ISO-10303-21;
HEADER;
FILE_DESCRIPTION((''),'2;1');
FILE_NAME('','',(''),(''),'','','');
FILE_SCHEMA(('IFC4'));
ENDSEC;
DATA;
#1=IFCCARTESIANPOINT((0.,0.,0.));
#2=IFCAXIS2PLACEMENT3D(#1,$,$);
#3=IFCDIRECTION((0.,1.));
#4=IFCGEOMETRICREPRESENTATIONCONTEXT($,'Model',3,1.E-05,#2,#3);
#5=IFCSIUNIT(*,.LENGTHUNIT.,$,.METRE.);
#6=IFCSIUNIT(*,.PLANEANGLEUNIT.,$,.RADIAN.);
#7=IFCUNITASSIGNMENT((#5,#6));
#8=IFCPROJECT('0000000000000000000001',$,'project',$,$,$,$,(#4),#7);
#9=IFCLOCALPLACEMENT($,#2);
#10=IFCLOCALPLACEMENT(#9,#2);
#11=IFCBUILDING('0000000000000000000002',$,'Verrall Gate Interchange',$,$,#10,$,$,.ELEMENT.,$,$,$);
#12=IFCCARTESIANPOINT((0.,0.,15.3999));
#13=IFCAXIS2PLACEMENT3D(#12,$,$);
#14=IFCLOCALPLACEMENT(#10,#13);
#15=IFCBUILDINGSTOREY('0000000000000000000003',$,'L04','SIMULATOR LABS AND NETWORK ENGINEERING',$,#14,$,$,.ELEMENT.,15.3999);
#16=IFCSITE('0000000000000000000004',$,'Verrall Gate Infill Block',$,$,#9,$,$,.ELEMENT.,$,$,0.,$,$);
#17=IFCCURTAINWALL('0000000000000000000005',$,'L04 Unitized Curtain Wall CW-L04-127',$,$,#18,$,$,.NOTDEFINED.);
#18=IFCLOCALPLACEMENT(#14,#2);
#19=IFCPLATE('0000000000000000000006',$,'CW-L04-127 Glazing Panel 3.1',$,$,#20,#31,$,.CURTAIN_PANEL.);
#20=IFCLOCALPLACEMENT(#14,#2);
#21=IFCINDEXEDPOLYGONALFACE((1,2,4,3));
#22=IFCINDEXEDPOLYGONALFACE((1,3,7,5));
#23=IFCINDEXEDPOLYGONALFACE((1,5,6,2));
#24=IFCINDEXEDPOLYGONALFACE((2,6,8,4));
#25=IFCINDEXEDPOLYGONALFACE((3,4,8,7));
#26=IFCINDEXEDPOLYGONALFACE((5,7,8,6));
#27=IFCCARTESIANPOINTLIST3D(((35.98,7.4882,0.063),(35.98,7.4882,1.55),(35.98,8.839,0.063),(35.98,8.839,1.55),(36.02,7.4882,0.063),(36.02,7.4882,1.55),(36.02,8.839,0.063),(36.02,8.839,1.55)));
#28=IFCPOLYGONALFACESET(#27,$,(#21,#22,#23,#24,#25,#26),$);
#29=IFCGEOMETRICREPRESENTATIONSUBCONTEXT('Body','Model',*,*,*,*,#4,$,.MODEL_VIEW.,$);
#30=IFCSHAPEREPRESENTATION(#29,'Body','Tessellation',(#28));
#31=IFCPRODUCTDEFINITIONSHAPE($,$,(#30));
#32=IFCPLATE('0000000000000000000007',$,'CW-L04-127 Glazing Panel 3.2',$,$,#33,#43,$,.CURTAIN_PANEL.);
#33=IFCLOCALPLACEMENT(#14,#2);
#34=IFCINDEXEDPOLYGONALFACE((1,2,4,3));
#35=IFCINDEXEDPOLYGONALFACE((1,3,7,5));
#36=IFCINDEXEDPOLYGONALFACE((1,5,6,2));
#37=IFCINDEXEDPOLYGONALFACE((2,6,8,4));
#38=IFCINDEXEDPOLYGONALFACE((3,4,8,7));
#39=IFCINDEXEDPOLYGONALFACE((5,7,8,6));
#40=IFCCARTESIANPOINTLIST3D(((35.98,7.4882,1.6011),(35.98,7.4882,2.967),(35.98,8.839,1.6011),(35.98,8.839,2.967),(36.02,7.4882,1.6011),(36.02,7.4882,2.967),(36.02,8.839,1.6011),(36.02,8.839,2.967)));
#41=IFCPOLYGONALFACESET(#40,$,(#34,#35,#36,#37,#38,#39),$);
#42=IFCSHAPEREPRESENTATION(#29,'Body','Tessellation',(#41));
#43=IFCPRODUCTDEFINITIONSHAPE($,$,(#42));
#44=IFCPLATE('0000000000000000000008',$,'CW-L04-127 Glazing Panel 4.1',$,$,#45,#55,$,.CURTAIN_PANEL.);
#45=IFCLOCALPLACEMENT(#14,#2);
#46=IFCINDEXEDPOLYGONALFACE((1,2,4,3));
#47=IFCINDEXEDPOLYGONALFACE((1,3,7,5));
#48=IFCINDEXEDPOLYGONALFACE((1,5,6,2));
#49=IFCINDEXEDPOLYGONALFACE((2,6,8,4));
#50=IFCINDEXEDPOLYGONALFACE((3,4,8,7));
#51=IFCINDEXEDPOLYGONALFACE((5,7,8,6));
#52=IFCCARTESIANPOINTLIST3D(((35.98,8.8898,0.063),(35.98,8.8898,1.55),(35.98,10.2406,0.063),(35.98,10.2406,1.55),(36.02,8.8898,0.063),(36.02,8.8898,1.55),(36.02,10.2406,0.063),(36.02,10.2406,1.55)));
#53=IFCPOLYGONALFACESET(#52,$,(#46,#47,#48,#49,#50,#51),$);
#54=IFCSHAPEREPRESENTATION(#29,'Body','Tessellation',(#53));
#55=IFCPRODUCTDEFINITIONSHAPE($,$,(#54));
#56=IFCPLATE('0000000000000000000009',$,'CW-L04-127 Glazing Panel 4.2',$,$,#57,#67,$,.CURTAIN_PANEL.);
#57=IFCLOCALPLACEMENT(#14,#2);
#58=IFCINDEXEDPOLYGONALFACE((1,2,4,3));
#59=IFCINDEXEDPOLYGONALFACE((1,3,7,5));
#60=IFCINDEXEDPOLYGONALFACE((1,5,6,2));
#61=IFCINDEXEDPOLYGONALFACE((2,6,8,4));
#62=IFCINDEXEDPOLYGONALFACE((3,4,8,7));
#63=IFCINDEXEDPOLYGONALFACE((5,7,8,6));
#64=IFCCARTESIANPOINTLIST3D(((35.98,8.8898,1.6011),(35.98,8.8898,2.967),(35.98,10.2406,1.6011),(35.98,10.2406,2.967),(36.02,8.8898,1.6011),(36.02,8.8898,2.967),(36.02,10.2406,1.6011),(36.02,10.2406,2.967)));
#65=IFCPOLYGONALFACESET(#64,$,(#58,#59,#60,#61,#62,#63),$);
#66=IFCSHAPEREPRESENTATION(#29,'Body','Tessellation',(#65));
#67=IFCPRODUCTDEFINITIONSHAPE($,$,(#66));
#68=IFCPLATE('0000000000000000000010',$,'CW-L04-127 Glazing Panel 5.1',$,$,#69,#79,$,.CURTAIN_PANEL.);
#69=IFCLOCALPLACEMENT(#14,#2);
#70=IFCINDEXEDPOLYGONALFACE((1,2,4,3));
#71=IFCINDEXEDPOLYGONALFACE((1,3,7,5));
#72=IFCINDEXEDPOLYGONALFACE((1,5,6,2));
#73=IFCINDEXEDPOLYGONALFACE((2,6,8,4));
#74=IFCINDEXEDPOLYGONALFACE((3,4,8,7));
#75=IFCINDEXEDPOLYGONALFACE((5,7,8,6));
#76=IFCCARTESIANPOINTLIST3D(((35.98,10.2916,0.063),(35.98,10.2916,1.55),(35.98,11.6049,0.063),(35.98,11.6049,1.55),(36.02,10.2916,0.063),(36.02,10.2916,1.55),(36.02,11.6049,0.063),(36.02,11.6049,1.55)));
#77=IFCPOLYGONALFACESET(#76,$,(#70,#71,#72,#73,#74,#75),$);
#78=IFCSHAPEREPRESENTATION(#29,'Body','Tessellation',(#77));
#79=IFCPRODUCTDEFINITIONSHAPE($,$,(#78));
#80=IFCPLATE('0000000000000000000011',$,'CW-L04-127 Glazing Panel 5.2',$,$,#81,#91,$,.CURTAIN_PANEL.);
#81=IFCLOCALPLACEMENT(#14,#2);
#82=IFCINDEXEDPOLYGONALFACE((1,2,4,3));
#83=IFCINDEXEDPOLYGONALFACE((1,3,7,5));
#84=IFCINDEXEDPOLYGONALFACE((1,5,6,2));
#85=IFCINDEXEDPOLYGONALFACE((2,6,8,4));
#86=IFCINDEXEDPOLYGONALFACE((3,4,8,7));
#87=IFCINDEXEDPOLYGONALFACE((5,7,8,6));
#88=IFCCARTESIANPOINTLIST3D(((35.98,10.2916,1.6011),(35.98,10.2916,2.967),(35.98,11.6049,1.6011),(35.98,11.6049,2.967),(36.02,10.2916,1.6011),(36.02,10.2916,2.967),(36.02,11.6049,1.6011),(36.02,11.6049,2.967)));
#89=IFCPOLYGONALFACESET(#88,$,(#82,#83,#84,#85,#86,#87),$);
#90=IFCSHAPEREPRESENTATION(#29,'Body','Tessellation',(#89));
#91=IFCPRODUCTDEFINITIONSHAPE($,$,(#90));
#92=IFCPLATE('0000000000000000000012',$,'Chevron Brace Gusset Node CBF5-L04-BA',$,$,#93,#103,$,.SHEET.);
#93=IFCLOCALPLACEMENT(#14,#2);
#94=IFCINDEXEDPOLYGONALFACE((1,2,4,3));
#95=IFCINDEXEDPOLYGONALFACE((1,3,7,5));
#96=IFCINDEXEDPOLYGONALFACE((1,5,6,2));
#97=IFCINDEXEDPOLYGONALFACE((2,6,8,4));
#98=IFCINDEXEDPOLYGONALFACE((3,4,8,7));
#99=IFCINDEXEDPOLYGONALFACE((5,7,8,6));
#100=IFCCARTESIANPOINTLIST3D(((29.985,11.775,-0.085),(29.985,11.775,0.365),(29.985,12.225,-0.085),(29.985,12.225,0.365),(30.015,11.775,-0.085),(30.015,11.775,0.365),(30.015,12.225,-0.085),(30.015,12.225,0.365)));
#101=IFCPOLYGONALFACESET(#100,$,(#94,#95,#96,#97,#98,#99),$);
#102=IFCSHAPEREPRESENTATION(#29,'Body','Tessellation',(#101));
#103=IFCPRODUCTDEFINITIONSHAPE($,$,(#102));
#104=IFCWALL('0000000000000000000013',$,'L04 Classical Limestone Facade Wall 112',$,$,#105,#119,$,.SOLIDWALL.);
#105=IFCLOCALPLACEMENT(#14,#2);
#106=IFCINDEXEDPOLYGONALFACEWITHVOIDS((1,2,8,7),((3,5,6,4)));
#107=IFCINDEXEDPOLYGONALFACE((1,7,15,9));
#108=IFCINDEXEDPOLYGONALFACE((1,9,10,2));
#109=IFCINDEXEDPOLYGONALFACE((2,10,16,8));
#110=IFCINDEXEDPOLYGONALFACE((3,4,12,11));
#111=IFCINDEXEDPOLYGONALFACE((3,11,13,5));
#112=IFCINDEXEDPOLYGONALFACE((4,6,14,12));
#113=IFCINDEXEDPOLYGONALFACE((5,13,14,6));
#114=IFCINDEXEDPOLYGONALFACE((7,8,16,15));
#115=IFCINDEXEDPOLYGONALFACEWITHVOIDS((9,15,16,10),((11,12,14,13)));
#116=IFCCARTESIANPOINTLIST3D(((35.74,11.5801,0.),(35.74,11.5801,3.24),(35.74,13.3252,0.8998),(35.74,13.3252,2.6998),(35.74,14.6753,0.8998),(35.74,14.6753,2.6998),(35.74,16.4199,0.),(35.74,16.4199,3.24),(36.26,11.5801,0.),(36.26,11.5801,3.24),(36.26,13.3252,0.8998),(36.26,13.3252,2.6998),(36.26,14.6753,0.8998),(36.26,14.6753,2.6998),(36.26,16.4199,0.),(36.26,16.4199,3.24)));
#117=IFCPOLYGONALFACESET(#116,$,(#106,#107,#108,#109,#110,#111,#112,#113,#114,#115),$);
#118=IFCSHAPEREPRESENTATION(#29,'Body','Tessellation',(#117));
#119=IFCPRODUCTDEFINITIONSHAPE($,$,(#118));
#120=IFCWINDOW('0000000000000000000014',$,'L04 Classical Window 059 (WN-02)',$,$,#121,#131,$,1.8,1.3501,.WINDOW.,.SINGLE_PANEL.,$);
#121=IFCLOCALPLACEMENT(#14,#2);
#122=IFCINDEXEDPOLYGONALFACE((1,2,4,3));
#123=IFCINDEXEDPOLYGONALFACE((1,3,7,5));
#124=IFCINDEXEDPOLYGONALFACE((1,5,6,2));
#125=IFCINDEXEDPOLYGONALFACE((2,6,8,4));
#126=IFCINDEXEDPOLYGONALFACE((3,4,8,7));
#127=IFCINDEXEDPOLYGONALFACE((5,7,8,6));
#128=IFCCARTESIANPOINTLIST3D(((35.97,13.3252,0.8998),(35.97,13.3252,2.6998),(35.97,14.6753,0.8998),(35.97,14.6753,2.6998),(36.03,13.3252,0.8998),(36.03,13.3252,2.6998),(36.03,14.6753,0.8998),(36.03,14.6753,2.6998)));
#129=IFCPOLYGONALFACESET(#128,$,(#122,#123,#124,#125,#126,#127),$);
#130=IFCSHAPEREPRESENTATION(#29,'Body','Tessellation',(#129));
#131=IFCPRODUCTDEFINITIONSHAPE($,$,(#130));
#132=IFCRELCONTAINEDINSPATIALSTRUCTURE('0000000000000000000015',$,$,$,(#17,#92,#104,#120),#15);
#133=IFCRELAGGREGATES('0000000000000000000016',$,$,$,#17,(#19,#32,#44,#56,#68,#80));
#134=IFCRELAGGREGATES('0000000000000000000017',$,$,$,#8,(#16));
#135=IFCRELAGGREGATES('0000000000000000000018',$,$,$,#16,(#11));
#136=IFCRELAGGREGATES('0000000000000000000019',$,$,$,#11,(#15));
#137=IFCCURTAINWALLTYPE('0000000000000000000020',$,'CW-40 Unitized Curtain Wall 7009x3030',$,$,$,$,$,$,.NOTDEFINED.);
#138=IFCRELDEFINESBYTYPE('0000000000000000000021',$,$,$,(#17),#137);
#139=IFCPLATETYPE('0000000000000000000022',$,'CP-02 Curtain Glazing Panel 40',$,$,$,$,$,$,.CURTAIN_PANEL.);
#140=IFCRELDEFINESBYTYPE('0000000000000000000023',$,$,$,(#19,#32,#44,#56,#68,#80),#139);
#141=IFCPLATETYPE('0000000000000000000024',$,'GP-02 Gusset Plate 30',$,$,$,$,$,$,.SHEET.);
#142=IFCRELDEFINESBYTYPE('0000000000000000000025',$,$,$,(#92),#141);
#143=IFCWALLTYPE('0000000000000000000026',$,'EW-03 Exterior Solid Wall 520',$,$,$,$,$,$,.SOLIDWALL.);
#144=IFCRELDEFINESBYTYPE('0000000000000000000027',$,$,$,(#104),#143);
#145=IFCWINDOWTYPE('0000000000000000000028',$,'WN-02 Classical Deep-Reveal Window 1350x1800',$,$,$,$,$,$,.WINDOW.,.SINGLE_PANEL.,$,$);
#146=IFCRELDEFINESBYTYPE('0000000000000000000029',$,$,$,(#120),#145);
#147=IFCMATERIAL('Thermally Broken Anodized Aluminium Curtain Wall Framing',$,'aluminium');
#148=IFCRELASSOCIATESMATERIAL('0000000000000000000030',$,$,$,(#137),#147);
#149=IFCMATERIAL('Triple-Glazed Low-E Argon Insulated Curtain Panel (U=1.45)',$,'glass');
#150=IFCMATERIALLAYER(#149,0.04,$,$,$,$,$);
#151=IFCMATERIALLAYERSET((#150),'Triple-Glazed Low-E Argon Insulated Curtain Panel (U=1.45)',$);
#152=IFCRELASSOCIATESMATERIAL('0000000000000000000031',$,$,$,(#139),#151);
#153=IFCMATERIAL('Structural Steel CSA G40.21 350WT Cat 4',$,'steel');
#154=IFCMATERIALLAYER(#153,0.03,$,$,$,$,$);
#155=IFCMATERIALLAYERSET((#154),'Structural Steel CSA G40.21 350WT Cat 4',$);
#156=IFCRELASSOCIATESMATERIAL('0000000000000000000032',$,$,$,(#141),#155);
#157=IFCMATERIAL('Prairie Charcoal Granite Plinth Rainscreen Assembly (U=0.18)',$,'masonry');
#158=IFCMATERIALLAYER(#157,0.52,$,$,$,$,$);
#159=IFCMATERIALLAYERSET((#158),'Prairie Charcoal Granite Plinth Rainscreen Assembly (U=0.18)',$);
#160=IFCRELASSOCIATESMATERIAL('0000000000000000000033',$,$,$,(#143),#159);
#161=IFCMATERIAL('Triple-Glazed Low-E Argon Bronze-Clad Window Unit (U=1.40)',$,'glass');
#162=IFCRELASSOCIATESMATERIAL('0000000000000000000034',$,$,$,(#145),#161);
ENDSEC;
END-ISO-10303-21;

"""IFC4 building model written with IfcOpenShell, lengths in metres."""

from ifc_helpers import new_model, si_unit, direction, frame, frame_2d, origin, origin_2d, place, context, subcontext, project, spatial, rectangle, extrude, material, layer, layer_set, type_object, element, fill, aggregate, save


model = new_model("IFC4")

# Units and contexts
model_context = context("Model", 3, precision=1e-05, world=origin(), true_north=direction((0.0, 1.0)))
body_context = subcontext(model_context, "Body", "Model", "MODEL_VIEW")
ifc_project = project(units=[si_unit("LENGTHUNIT", "METRE"), si_unit("PLANEANGLEUNIT", "RADIAN")], contexts=[model_context])

# Site, building, storey
site_placement = place(None, origin())
site = spatial("IfcSite", under=ifc_project, at=site_placement, Name="Verrall Gate Infill Block", CompositionType="ELEMENT", RefElevation=0.0)
building_placement = place(site_placement, origin())
building = spatial("IfcBuilding", under=site, at=building_placement, Name="Verrall Gate Interchange", CompositionType="ELEMENT")
storey_placement = place(building_placement, frame((0.0, 0.0, 15.3999)))
storey = spatial("IfcBuildingStorey", under=building, at=storey_placement, Name="L04", Description="SIMULATOR LABS AND NETWORK ENGINEERING", CompositionType="ELEMENT", Elevation=15.3999)

# Curtain wall, plates
ifc_material_1 = material(Name="Thermally Broken Anodized Aluminium Curtain Wall Framing", Category="aluminium")
curtain_wall_type = type_object("IfcCurtainWallType", Name="CW-40 Unitized Curtain Wall 7009x3030", PredefinedType="NOTDEFINED", material=ifc_material_1)
curtain_wall_placement = place(storey_placement, origin())
curtain_wall = element("IfcCurtainWall", 1, at=curtain_wall_placement, inside=storey, type_object=curtain_wall_type, Name="L04 Unitized Curtain Wall CW-L04-127", PredefinedType="NOTDEFINED")
ifc_material_2 = material(Name="Triple-Glazed Low-E Argon Insulated Curtain Panel (U=1.45)", Category="glass")
ifc_layer_1 = layer(ifc_material_2, 0.04)
ifc_layer_set_1 = layer_set([ifc_layer_1], Name="Triple-Glazed Low-E Argon Insulated Curtain Panel (U=1.45)")
plate_type_1 = type_object("IfcPlateType", Name="CP-02 Curtain Glazing Panel 40", PredefinedType="CURTAIN_PANEL", material=ifc_layer_set_1)
plate_1_placement = place(storey_placement, frame((36.0, 8.1636, 0.063), z_axis=(0.0, 0.0, 1.0), x_axis=(0.0, 1.0, 0.0)))
plate_1 = element("IfcPlate", 2, at=plate_1_placement, type_object=plate_type_1, Name="CW-L04-127 Glazing Panel 3.1", PredefinedType="CURTAIN_PANEL", context=body_context, shape_type="SweptSolid", body=[
    extrude(rectangle(XDim=1.3508, YDim=0.04, at=origin_2d()), origin(), (0.0, 0.0, 1.0), 1.4871),
])
plate_2_placement = place(storey_placement, frame((36.0, 8.1636, 1.6011), z_axis=(0.0, 0.0, 1.0), x_axis=(0.0, 1.0, 0.0)))
plate_2 = element("IfcPlate", 3, at=plate_2_placement, type_object=plate_type_1, Name="CW-L04-127 Glazing Panel 3.2", PredefinedType="CURTAIN_PANEL", context=body_context, shape_type="SweptSolid", body=[
    extrude(rectangle(XDim=1.3508, YDim=0.04, at=origin_2d()), origin(), (0.0, 0.0, 1.0), 1.366),
])
plate_3_placement = place(storey_placement, frame((36.0, 9.5652, 0.063), z_axis=(0.0, 0.0, 1.0), x_axis=(0.0, 1.0, 0.0)))
plate_3 = element("IfcPlate", 4, at=plate_3_placement, type_object=plate_type_1, Name="CW-L04-127 Glazing Panel 4.1", PredefinedType="CURTAIN_PANEL", context=body_context, shape_type="SweptSolid", body=[
    extrude(rectangle(XDim=1.3508, YDim=0.04, at=origin_2d()), origin(), (0.0, 0.0, 1.0), 1.4871),
])
plate_4_placement = place(storey_placement, frame((36.0, 9.5652, 1.6011), z_axis=(0.0, 0.0, 1.0), x_axis=(0.0, 1.0, 0.0)))
plate_4 = element("IfcPlate", 5, at=plate_4_placement, type_object=plate_type_1, Name="CW-L04-127 Glazing Panel 4.2", PredefinedType="CURTAIN_PANEL", context=body_context, shape_type="SweptSolid", body=[
    extrude(rectangle(XDim=1.3508, YDim=0.04, at=origin_2d()), origin(), (0.0, 0.0, 1.0), 1.366),
])
plate_5_placement = place(storey_placement, frame((36.0, 10.9482, 0.063), z_axis=(0.0, 0.0, 1.0), x_axis=(0.0, 1.0, 0.0)))
plate_5 = element("IfcPlate", 6, at=plate_5_placement, type_object=plate_type_1, Name="CW-L04-127 Glazing Panel 5.1", PredefinedType="CURTAIN_PANEL", context=body_context, shape_type="SweptSolid", body=[
    extrude(rectangle(XDim=1.3132, YDim=0.04, at=origin_2d()), origin(), (0.0, 0.0, 1.0), 1.4871),
])
plate_6_placement = place(storey_placement, frame((36.0, 10.9482, 1.6011), z_axis=(0.0, 0.0, 1.0), x_axis=(0.0, 1.0, 0.0)))
plate_6 = element("IfcPlate", 7, at=plate_6_placement, type_object=plate_type_1, Name="CW-L04-127 Glazing Panel 5.2", PredefinedType="CURTAIN_PANEL", context=body_context, shape_type="SweptSolid", body=[
    extrude(rectangle(XDim=1.3132, YDim=0.04, at=origin_2d()), origin(), (0.0, 0.0, 1.0), 1.366),
])
aggregate(curtain_wall, [plate_1, plate_2, plate_3, plate_4, plate_5, plate_6])

# Plate
ifc_material_3 = material(Name="Structural Steel CSA G40.21 350WT Cat 4", Category="steel")
ifc_layer_2 = layer(ifc_material_3, 0.03)
ifc_layer_set_2 = layer_set([ifc_layer_2], Name="Structural Steel CSA G40.21 350WT Cat 4")
plate_type_2 = type_object("IfcPlateType", Name="GP-02 Gusset Plate 30", PredefinedType="SHEET", material=ifc_layer_set_2)
plate_7_placement = place(storey_placement, frame((30.0, 12.0, -0.085), z_axis=(0.0, 0.0, 1.0), x_axis=(1.0, 0.0, 0.0)))
element("IfcPlate", 8, at=plate_7_placement, inside=storey, type_object=plate_type_2, Name="Chevron Brace Gusset Node CBF5-L04-BA", PredefinedType="SHEET", context=body_context, shape_type="SweptSolid", body=[
    extrude(rectangle(XDim=0.03, YDim=0.45, at=origin_2d()), origin(), (0.0, 0.0, 1.0), 0.45),
])

# Wall, opening, window
ifc_material_4 = material(Name="Prairie Charcoal Granite Plinth Rainscreen Assembly (U=0.18)", Category="masonry")
ifc_layer_3 = layer(ifc_material_4, 0.52)
ifc_layer_set_3 = layer_set([ifc_layer_3], Name="Prairie Charcoal Granite Plinth Rainscreen Assembly (U=0.18)")
wall_type = type_object("IfcWallType", Name="EW-03 Exterior Solid Wall 520", PredefinedType="SOLIDWALL", material=ifc_layer_set_3)
wall_placement = place(storey_placement, frame((36.0, 11.5801, 0.0), z_axis=(0.0, 0.0, 1.0), x_axis=(0.0, 1.0, 0.0)))
wall = element("IfcWall", 9, at=wall_placement, inside=storey, type_object=wall_type, Name="L04 Classical Limestone Facade Wall 112", PredefinedType="SOLIDWALL", context=body_context, shape_type="SweptSolid", body=[
    extrude(rectangle(XDim=4.8398, YDim=0.52, at=frame_2d((2.4199, 0.0))), origin(), (0.0, 0.0, 1.0), 3.24),
])
opening_placement = place(wall_placement, frame((1.7451, 0.0, 0.8999)))
opening = element("IfcOpeningElement", 10, at=opening_placement, cuts=wall, PredefinedType="OPENING", context=body_context, shape_type="SweptSolid", body=[
    extrude(rectangle(XDim=1.3501, YDim=1.8, at=frame_2d((0.675, 0.8999))), frame((0.0, 0.2749, 0.0), z_axis=(0.0, -1.0, 0.0), x_axis=(1.0, 0.0, 0.0)), (0.0, 0.0, 1.0), 0.5498),
])
ifc_material_5 = material(Name="Triple-Glazed Low-E Argon Bronze-Clad Window Unit (U=1.40)", Category="glass")
window_type = type_object("IfcWindowType", Name="WN-02 Classical Deep-Reveal Window 1350x1800", PartitioningType="SINGLE_PANEL", PredefinedType="WINDOW", material=ifc_material_5)
window_placement = place(opening_placement, origin())
window = element("IfcWindow", 11, at=window_placement, inside=storey, type_object=window_type, Name="L04 Classical Window 059 (WN-02)", OverallHeight=1.8, OverallWidth=1.3501, PartitioningType="SINGLE_PANEL", PredefinedType="WINDOW", context=body_context, shape_type="SweptSolid", body=[
    extrude(rectangle(XDim=1.3501, YDim=1.8, at=frame_2d((0.675, 0.8999))), frame((0.0, 0.03, 0.0), z_axis=(0.0, -1.0, 0.0), x_axis=(1.0, 0.0, 0.0)), (0.0, 0.0, 1.0), 0.0601),
])
fill(opening, window)

save(model, "model.ifc")
